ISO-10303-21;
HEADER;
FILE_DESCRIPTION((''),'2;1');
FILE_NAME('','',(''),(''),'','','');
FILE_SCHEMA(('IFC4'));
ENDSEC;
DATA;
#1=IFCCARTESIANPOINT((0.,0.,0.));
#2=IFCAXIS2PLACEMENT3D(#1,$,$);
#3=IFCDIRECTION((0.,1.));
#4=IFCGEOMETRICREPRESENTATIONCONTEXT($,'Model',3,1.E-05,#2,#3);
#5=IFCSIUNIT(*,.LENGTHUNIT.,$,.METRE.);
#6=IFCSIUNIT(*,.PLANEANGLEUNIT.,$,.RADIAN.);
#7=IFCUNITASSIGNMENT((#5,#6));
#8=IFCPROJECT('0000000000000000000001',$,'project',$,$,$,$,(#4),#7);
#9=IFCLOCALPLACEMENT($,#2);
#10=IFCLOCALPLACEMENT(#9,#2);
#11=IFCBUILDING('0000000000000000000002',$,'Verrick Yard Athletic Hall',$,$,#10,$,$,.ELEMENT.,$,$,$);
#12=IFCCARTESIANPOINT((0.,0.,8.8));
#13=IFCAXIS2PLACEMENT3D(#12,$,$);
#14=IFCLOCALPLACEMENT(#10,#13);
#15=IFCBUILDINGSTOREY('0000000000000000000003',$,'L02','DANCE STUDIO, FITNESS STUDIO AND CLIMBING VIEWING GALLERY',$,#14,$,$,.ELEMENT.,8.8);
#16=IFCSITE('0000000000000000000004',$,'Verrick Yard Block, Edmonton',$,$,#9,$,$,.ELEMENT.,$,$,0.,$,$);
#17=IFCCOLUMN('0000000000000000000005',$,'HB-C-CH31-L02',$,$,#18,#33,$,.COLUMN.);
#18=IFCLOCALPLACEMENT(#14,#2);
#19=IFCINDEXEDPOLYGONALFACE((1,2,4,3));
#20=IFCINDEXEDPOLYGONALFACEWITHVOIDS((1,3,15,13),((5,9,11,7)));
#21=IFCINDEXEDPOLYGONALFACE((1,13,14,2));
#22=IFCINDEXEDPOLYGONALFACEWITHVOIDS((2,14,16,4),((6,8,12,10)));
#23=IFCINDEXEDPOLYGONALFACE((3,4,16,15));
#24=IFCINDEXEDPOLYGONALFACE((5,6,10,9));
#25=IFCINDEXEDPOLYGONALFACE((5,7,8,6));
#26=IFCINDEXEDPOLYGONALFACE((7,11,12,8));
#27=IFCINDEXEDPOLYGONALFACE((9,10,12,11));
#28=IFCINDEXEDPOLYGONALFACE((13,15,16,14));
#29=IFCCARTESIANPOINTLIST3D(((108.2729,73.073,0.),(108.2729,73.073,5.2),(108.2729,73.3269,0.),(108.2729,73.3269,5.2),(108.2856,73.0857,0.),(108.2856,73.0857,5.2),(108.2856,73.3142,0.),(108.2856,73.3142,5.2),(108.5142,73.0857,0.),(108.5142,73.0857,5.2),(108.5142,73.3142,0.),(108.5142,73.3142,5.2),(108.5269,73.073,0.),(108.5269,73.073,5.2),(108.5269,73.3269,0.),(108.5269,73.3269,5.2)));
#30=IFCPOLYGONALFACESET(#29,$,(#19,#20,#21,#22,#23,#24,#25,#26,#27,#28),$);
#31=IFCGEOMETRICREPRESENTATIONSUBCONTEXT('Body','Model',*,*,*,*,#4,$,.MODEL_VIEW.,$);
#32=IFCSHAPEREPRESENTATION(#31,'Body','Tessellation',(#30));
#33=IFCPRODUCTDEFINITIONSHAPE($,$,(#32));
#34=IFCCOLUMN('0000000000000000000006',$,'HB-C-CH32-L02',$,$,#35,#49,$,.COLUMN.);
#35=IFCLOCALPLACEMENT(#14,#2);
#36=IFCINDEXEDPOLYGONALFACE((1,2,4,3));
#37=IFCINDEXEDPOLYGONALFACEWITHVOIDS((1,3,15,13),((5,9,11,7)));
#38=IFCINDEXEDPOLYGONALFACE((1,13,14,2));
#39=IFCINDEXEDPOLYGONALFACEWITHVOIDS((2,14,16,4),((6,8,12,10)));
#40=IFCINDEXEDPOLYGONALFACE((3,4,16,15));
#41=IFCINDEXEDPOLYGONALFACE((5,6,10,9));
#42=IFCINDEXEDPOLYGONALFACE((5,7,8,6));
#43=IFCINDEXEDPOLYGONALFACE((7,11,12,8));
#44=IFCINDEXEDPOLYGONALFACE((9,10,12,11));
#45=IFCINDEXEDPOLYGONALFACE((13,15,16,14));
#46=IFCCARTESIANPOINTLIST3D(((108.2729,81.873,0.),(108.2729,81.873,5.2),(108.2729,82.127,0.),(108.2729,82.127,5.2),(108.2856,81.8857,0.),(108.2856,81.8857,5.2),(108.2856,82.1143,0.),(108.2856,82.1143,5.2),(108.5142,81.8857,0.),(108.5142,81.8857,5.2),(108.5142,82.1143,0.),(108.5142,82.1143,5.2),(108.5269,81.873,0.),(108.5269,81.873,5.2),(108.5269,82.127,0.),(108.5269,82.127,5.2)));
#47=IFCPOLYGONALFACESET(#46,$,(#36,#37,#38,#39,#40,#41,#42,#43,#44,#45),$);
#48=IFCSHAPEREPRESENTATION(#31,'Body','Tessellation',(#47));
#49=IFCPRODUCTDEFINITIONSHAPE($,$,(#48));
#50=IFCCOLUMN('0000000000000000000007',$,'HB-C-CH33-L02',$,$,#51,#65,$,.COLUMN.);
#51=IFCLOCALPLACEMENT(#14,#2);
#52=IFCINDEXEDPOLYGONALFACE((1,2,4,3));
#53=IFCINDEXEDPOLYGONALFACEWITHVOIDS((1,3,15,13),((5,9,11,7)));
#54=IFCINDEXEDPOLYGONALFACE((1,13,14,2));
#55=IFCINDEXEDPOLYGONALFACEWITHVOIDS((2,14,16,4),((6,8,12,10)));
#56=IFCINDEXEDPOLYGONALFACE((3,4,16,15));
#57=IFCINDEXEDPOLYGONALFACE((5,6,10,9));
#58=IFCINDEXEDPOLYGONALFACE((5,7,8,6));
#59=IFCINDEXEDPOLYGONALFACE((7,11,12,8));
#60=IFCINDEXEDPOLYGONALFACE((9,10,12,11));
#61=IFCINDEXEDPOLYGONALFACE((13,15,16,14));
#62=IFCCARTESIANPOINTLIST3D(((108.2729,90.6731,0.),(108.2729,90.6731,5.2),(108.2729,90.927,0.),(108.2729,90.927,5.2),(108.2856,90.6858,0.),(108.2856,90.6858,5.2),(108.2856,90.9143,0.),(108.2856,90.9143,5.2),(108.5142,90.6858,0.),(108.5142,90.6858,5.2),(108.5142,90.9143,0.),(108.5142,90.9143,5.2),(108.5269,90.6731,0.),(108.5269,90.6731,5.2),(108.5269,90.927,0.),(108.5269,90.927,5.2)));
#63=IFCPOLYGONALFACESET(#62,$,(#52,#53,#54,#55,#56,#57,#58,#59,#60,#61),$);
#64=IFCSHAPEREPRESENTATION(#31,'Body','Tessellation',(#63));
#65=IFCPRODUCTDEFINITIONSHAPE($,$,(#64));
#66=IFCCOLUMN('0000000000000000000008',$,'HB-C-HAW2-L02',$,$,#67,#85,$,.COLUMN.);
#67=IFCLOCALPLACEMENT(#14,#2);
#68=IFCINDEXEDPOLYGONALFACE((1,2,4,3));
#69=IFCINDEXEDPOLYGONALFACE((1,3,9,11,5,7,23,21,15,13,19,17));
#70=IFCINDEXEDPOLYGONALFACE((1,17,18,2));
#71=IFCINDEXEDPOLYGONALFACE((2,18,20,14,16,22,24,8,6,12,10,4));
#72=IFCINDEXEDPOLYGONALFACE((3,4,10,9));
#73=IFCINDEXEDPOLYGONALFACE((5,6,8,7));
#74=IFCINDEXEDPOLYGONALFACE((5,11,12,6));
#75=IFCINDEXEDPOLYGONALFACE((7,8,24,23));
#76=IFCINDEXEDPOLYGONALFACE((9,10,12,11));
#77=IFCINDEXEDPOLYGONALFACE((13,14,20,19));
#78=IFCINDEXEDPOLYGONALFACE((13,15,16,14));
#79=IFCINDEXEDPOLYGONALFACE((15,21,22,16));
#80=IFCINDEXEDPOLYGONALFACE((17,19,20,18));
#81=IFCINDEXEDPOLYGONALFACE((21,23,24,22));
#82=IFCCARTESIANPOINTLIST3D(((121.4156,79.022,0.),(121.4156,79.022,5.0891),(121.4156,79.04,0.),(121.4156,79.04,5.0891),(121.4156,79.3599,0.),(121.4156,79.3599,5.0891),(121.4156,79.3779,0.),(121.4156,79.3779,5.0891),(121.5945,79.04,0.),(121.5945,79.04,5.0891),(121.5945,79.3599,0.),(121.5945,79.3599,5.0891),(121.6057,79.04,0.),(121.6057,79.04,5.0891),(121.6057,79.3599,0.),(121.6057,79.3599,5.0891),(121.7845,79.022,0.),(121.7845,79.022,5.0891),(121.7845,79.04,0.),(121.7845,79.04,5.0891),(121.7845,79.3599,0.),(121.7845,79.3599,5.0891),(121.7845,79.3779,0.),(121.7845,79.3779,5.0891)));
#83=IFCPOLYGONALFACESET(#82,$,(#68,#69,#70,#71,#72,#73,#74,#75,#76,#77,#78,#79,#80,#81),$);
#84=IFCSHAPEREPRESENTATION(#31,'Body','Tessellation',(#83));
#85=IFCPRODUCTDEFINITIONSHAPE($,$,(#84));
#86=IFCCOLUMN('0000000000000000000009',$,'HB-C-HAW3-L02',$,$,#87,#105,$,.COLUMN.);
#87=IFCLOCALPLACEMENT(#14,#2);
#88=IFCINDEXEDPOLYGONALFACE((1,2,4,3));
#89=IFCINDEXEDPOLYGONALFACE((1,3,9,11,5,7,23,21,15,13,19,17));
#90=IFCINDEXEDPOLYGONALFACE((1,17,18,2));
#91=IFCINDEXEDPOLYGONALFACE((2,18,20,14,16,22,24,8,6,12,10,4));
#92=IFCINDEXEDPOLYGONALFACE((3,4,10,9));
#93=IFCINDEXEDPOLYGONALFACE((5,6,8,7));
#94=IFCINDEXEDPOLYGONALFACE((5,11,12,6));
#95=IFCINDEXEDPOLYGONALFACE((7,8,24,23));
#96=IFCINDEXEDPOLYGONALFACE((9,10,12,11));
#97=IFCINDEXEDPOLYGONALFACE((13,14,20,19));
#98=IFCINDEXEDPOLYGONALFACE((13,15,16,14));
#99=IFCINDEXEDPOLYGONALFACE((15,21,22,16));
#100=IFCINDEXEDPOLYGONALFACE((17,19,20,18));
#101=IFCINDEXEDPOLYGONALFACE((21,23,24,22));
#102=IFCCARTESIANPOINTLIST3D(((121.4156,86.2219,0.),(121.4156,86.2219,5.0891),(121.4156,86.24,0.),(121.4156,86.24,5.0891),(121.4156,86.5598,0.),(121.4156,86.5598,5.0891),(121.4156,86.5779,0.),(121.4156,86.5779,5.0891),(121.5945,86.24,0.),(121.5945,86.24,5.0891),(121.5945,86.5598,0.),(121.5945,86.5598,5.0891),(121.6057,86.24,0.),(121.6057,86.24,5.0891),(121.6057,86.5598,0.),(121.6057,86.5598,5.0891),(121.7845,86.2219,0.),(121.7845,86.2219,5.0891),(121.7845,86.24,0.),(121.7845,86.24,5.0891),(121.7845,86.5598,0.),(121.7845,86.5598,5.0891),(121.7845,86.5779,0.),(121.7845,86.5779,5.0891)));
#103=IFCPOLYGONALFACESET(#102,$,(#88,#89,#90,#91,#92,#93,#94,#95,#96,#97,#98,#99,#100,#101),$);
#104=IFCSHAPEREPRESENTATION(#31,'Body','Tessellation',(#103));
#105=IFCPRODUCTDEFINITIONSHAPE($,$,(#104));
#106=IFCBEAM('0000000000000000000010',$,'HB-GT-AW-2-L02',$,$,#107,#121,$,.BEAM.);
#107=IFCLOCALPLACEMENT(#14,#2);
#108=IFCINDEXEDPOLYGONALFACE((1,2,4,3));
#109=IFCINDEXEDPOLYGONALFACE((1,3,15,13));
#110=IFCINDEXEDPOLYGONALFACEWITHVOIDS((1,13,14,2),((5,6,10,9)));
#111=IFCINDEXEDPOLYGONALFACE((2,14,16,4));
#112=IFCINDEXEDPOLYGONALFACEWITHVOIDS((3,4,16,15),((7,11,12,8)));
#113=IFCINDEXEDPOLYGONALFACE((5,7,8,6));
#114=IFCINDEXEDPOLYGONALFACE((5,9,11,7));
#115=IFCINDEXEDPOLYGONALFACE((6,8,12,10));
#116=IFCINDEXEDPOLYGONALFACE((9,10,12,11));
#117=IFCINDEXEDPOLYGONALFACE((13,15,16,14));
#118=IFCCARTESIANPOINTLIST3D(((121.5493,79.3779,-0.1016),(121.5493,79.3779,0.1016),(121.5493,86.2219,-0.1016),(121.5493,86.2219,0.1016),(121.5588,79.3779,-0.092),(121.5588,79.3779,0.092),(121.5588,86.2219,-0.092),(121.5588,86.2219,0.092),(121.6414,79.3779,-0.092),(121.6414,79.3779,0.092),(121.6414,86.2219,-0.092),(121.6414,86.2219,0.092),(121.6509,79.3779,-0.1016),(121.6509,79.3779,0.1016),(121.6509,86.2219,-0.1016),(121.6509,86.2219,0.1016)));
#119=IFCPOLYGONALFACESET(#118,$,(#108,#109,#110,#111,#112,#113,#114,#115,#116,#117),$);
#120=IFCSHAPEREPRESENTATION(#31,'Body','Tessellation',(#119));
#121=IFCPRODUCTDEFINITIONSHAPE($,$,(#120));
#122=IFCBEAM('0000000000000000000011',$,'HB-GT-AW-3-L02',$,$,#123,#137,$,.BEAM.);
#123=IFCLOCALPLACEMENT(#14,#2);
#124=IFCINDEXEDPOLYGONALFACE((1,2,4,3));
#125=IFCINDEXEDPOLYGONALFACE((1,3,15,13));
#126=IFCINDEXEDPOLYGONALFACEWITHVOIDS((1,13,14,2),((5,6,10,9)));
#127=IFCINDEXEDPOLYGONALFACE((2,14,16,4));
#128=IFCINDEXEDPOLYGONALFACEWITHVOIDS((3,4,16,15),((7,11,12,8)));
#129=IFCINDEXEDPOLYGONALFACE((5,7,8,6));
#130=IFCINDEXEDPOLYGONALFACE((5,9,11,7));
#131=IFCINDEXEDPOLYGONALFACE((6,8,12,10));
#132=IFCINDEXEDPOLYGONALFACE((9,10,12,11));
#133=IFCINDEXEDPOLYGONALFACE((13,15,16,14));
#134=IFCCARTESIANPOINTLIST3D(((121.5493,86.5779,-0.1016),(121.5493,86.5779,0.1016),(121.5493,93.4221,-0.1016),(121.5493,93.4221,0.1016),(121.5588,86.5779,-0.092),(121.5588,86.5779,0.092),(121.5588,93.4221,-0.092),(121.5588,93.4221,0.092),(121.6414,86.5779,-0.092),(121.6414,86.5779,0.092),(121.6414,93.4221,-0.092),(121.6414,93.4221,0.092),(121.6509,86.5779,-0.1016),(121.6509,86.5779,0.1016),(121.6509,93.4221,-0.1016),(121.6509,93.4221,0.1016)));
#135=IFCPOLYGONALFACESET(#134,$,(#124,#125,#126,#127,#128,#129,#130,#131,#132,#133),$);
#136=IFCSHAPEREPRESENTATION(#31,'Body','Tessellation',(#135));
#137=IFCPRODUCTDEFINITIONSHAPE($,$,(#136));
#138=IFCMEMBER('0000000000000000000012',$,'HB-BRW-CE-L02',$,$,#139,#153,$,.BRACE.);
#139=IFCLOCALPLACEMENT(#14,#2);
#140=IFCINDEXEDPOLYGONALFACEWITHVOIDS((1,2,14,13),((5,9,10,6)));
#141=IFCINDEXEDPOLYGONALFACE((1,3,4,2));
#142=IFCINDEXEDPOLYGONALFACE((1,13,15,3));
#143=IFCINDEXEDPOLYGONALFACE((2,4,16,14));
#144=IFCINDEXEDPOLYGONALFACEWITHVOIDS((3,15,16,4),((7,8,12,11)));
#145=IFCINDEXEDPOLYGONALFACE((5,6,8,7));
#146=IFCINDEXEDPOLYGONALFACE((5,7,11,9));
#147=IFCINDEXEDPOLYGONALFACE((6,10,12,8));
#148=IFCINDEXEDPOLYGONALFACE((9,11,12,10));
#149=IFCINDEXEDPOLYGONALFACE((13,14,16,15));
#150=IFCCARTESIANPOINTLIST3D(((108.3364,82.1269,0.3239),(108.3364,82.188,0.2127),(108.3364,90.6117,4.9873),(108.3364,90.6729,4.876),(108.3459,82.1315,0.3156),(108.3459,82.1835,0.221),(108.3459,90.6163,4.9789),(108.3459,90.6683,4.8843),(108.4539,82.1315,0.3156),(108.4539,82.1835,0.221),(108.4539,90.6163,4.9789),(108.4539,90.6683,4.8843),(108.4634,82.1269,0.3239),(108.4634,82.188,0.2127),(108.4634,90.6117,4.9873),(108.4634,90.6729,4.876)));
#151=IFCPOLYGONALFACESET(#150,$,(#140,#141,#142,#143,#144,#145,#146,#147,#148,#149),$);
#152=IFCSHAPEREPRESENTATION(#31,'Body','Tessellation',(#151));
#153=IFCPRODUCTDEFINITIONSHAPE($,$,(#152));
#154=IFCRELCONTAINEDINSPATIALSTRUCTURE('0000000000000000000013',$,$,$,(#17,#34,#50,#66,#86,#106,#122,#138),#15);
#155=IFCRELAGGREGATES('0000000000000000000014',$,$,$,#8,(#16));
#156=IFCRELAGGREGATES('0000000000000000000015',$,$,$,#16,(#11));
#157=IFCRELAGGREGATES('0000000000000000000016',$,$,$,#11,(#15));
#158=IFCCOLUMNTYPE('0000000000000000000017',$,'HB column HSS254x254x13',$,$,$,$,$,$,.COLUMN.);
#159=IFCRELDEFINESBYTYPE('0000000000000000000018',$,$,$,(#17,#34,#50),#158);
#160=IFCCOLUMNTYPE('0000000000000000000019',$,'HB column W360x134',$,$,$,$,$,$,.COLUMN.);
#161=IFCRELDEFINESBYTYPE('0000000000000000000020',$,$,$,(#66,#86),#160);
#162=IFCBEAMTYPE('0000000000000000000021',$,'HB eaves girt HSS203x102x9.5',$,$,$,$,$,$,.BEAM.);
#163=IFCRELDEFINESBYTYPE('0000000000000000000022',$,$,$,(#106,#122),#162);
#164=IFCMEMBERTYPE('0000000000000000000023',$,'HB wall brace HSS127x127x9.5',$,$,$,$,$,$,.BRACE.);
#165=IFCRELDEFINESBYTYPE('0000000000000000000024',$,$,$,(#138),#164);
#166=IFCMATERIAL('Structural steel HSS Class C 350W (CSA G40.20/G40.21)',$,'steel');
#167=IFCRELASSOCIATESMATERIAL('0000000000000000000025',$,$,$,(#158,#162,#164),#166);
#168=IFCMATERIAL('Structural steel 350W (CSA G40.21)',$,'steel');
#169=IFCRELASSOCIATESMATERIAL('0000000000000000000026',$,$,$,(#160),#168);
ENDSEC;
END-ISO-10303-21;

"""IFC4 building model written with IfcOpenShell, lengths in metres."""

from ifc_helpers import new_model, si_unit, direction, frame, origin, origin_2d, place, context, subcontext, project, spatial, hollow_rectangle, i_section, extrude, material, material_profile, profile_set, type_object, element, save


model = new_model("IFC4")

# Units and contexts
model_context = context("Model", 3, precision=1e-05, world=origin(), true_north=direction((0.0, 1.0)))
body_context = subcontext(model_context, "Body", "Model", "MODEL_VIEW")
ifc_project = project(units=[si_unit("LENGTHUNIT", "METRE"), si_unit("PLANEANGLEUNIT", "RADIAN")], contexts=[model_context])

# Site, building, storey
site_placement = place(None, origin())
site = spatial("IfcSite", under=ifc_project, at=site_placement, Name="Verrick Yard Block, Edmonton", CompositionType="ELEMENT", RefElevation=0.0)
building_placement = place(site_placement, origin())
building = spatial("IfcBuilding", under=site, at=building_placement, Name="Verrick Yard Athletic Hall", CompositionType="ELEMENT")
storey_placement = place(building_placement, frame((0.0, 0.0, 8.8)))
storey = spatial("IfcBuildingStorey", under=building, at=storey_placement, Name="L02", Description="DANCE STUDIO, FITNESS STUDIO AND CLIMBING VIEWING GALLERY", CompositionType="ELEMENT", Elevation=8.8)

# Columns
ifc_material_1 = material(Name="Structural steel HSS Class C 350W (CSA G40.20/G40.21)", Category="steel")
ifc_material_profile_1 = material_profile(ifc_material_1, hollow_rectangle(XDim=0.2539, YDim=0.2539, WallThickness=0.0127, at=origin_2d()), Name="HSS254x254x13")
ifc_profile_set_1 = profile_set([ifc_material_profile_1], Name="Structural steel HSS Class C 350W (CSA G40.20/G40.21)")
column_type_1 = type_object("IfcColumnType", Name="HB column HSS254x254x13", PredefinedType="COLUMN", material=ifc_profile_set_1)
for number, where, z_axis, x_axis, name in (
    (1, (108.3999, 73.2, 0.0), (0.0, 0.0, 1.0), (1.0, 0.0, 0.0), "HB-C-CH31-L02"),
    (2, (108.3999, 82.0, 0.0), (0.0, 0.0, 1.0), (1.0, 0.0, 0.0), "HB-C-CH32-L02"),
    (3, (108.3999, 90.8, 0.0), (0.0, 0.0, 1.0), (1.0, 0.0, 0.0), "HB-C-CH33-L02"),
):
    element("IfcColumn", number, at=place(storey_placement, frame(where, z_axis=z_axis, x_axis=x_axis)), inside=storey, type_object=column_type_1, Name=name, PredefinedType="COLUMN", context=body_context, shape_type="SweptSolid", body=[
        extrude(hollow_rectangle(XDim=0.2539, YDim=0.2539, WallThickness=0.0127, at=origin_2d()), origin(), (0.0, 0.0, 1.0), 5.2),
    ])
ifc_material_2 = material(Name="Structural steel 350W (CSA G40.21)", Category="steel")
ifc_material_profile_2 = material_profile(ifc_material_2, i_section(OverallWidth=0.3689, OverallDepth=0.356, WebThickness=0.0112, FlangeThickness=0.0181, at=origin_2d()), Name="W360x134")
ifc_profile_set_2 = profile_set([ifc_material_profile_2], Name="Structural steel 350W (CSA G40.21)")
column_type_2 = type_object("IfcColumnType", Name="HB column W360x134", PredefinedType="COLUMN", material=ifc_profile_set_2)
for number, where, z_axis, x_axis, name in (
    (4, (121.6001, 79.2, 0.0), (0.0, 0.0, 1.0), (1.0, 0.0, 0.0), "HB-C-HAW2-L02"),
    (5, (121.6001, 86.3999, 0.0), (0.0, 0.0, 1.0), (1.0, 0.0, 0.0), "HB-C-HAW3-L02"),
):
    element("IfcColumn", number, at=place(storey_placement, frame(where, z_axis=z_axis, x_axis=x_axis)), inside=storey, type_object=column_type_2, Name=name, PredefinedType="COLUMN", context=body_context, shape_type="SweptSolid", body=[
        extrude(i_section(OverallWidth=0.3689, OverallDepth=0.356, WebThickness=0.0112, FlangeThickness=0.0181, at=origin_2d()), origin(), (0.0, 0.0, 1.0), 5.0891),
    ])

# Beams
ifc_material_profile_3 = material_profile(ifc_material_1, hollow_rectangle(XDim=0.1016, YDim=0.2031, WallThickness=0.0095, at=origin_2d()), Name="HSS203x102x9.5")
ifc_profile_set_3 = profile_set([ifc_material_profile_3], Name="Structural steel HSS Class C 350W (CSA G40.20/G40.21)")
beam_type = type_object("IfcBeamType", Name="HB eaves girt HSS203x102x9.5", PredefinedType="BEAM", material=ifc_profile_set_3)
beam_1_placement = place(storey_placement, frame((121.6001, 79.3779, 0.0), z_axis=(0.0, 1.0, 0.0), x_axis=(-1.0, 0.0, 0.0)))
element("IfcBeam", 6, at=beam_1_placement, inside=storey, type_object=beam_type, Name="HB-GT-AW-2-L02", PredefinedType="BEAM", context=body_context, shape_type="SweptSolid", body=[
    extrude(hollow_rectangle(XDim=0.1016, YDim=0.2031, WallThickness=0.0095, at=origin_2d()), origin(), (0.0, 0.0, 1.0), 6.844),
])
beam_2_placement = place(storey_placement, frame((121.6001, 86.5779, 0.0), z_axis=(0.0, 1.0, 0.0), x_axis=(-1.0, 0.0, 0.0)))
element("IfcBeam", 7, at=beam_2_placement, inside=storey, type_object=beam_type, Name="HB-GT-AW-3-L02", PredefinedType="BEAM", context=body_context, shape_type="SweptSolid", body=[
    extrude(hollow_rectangle(XDim=0.1016, YDim=0.2031, WallThickness=0.0095, at=origin_2d()), origin(), (0.0, 0.0, 1.0), 6.8442),
])

# Member
ifc_material_profile_4 = material_profile(ifc_material_1, hollow_rectangle(XDim=0.127, YDim=0.127, WallThickness=0.0095, at=origin_2d()), Name="HSS127x127x9.5")
ifc_profile_set_4 = profile_set([ifc_material_profile_4], Name="Structural steel HSS Class C 350W (CSA G40.20/G40.21)")
member_type = type_object("IfcMemberType", Name="HB wall brace HSS127x127x9.5", PredefinedType="BRACE", material=ifc_profile_set_4)
member_placement = place(storey_placement, frame((108.3999, 82.1575, 0.2683), z_axis=(0.0, 0.876362, 0.481653), x_axis=(-1.0, 0.0, 0.0)))
element("IfcMember", 8, at=member_placement, inside=storey, type_object=member_type, Name="HB-BRW-CE-L02", PredefinedType="BRACE", context=body_context, shape_type="SweptSolid", body=[
    extrude(hollow_rectangle(XDim=0.127, YDim=0.127, WallThickness=0.0095, at=origin_2d()), origin(), (0.0, 0.0, 1.0), 9.6819),
])

save(model, "model.ifc")
